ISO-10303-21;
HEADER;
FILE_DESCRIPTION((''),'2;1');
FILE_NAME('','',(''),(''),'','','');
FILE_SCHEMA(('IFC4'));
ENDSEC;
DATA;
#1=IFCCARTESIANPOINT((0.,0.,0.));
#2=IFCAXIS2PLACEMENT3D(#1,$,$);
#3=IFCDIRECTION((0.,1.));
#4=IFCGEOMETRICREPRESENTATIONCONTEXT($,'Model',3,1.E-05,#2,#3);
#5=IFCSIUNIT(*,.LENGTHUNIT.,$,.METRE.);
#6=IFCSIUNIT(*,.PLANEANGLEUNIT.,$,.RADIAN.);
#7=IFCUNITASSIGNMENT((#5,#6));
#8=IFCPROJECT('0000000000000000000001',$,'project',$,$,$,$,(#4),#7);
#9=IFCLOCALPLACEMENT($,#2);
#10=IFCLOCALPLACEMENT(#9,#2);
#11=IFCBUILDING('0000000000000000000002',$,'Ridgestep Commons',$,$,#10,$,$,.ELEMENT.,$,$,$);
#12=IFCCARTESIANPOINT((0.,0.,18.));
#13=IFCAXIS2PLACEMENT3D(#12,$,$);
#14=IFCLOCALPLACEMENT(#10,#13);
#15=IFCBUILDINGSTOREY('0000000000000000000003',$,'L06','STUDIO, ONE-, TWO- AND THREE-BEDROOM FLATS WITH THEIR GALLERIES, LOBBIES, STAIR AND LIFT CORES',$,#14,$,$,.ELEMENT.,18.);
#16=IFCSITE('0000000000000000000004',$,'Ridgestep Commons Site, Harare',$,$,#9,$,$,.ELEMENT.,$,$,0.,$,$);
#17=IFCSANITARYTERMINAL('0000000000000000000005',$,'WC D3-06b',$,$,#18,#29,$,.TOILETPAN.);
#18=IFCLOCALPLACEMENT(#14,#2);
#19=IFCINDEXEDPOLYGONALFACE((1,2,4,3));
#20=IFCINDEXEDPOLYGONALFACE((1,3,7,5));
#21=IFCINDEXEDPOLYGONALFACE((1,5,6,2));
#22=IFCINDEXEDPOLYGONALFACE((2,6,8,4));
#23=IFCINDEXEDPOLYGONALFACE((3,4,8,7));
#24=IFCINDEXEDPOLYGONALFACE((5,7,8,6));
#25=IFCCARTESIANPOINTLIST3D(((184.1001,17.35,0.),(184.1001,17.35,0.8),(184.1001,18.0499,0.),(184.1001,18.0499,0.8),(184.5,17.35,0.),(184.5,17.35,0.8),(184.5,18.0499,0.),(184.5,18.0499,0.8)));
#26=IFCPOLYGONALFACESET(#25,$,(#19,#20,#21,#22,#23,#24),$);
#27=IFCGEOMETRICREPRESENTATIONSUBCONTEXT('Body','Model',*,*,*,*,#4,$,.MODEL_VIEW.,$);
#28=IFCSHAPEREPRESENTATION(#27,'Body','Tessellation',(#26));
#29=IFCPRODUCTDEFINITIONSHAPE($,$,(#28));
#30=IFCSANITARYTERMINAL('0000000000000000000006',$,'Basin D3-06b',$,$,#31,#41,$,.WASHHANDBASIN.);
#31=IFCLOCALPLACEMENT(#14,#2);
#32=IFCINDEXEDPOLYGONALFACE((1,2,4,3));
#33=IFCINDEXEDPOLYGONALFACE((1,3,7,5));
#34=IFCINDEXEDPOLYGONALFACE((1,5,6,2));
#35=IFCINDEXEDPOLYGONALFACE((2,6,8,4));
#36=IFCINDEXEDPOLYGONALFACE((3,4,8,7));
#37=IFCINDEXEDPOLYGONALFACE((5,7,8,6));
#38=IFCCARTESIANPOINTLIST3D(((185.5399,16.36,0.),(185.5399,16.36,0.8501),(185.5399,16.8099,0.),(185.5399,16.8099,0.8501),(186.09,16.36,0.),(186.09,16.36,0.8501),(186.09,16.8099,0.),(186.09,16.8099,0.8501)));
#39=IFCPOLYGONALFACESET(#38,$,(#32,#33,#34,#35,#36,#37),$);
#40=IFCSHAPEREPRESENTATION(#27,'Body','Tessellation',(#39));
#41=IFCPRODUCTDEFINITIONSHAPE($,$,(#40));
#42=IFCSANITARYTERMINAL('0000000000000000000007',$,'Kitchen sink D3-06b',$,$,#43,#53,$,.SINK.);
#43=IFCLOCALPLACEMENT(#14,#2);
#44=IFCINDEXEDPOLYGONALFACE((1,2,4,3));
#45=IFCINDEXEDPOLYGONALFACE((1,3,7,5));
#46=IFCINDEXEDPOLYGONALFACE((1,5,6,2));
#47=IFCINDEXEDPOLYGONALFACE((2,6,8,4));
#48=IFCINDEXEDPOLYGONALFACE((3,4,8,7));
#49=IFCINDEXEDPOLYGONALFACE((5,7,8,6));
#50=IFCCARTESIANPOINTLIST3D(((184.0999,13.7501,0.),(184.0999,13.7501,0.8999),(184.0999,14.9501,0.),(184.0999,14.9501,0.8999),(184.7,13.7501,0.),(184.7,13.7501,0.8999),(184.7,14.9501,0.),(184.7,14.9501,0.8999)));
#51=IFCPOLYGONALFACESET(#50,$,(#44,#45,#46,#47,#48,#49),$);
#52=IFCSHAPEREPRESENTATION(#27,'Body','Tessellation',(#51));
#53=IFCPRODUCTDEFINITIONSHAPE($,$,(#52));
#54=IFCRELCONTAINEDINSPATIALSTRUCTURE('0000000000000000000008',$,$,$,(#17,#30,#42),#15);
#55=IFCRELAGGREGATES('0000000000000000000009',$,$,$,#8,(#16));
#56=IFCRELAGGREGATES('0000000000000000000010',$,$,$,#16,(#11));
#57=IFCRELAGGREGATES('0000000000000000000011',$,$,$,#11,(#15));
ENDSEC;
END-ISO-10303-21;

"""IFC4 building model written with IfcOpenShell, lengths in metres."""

from ifc_helpers import new_model, si_unit, direction, frame, origin, origin_2d, place, context, subcontext, project, spatial, rectangle, extrude, element, save


model = new_model("IFC4")

# Units and contexts
model_context = context("Model", 3, precision=1e-05, world=origin(), true_north=direction((0.0, 1.0)))
body_context = subcontext(model_context, "Body", "Model", "MODEL_VIEW")
ifc_project = project(units=[si_unit("LENGTHUNIT", "METRE"), si_unit("PLANEANGLEUNIT", "RADIAN")], contexts=[model_context])

# Site, building, storey
site_placement = place(None, origin())
site = spatial("IfcSite", under=ifc_project, at=site_placement, Name="Ridgestep Commons Site, Harare", CompositionType="ELEMENT", RefElevation=0.0)
building_placement = place(site_placement, origin())
building = spatial("IfcBuilding", under=site, at=building_placement, Name="Ridgestep Commons", CompositionType="ELEMENT")
storey_placement = place(building_placement, frame((0.0, 0.0, 18.0)))
storey = spatial("IfcBuildingStorey", under=building, at=storey_placement, Name="L06", Description="STUDIO, ONE-, TWO- AND THREE-BEDROOM FLATS WITH THEIR GALLERIES, LOBBIES, STAIR AND LIFT CORES", CompositionType="ELEMENT", Elevation=18.0)

# Sanitary terminals
sanitary_terminal_1_placement = place(storey_placement, frame((184.3, 17.7, 0.0), z_axis=(0.0, 0.0, 1.0), x_axis=(1.0, 0.0, 0.0)))
element("IfcSanitaryTerminal", 1, at=sanitary_terminal_1_placement, inside=storey, Name="WC D3-06b", PredefinedType="TOILETPAN", context=body_context, shape_type="SweptSolid", body=[
    extrude(rectangle(XDim=0.3999, YDim=0.7, at=origin_2d()), origin(), (0.0, 0.0, 1.0), 0.8),
])
sanitary_terminal_2_placement = place(storey_placement, frame((185.8149, 16.585, 0.0), z_axis=(0.0, 0.0, 1.0), x_axis=(1.0, 0.0, 0.0)))
element("IfcSanitaryTerminal", 2, at=sanitary_terminal_2_placement, inside=storey, Name="Basin D3-06b", PredefinedType="WASHHANDBASIN", context=body_context, shape_type="SweptSolid", body=[
    extrude(rectangle(XDim=0.55, YDim=0.45, at=origin_2d()), origin(), (0.0, 0.0, 1.0), 0.8501),
])
sanitary_terminal_3_placement = place(storey_placement, frame((184.3999, 14.3501, 0.0), z_axis=(0.0, 0.0, 1.0), x_axis=(1.0, 0.0, 0.0)))
element("IfcSanitaryTerminal", 3, at=sanitary_terminal_3_placement, inside=storey, Name="Kitchen sink D3-06b", PredefinedType="SINK", context=body_context, shape_type="SweptSolid", body=[
    extrude(rectangle(XDim=0.6001, YDim=1.2, at=origin_2d()), origin(), (0.0, 0.0, 1.0), 0.8999),
])

save(model, "model.ifc")
